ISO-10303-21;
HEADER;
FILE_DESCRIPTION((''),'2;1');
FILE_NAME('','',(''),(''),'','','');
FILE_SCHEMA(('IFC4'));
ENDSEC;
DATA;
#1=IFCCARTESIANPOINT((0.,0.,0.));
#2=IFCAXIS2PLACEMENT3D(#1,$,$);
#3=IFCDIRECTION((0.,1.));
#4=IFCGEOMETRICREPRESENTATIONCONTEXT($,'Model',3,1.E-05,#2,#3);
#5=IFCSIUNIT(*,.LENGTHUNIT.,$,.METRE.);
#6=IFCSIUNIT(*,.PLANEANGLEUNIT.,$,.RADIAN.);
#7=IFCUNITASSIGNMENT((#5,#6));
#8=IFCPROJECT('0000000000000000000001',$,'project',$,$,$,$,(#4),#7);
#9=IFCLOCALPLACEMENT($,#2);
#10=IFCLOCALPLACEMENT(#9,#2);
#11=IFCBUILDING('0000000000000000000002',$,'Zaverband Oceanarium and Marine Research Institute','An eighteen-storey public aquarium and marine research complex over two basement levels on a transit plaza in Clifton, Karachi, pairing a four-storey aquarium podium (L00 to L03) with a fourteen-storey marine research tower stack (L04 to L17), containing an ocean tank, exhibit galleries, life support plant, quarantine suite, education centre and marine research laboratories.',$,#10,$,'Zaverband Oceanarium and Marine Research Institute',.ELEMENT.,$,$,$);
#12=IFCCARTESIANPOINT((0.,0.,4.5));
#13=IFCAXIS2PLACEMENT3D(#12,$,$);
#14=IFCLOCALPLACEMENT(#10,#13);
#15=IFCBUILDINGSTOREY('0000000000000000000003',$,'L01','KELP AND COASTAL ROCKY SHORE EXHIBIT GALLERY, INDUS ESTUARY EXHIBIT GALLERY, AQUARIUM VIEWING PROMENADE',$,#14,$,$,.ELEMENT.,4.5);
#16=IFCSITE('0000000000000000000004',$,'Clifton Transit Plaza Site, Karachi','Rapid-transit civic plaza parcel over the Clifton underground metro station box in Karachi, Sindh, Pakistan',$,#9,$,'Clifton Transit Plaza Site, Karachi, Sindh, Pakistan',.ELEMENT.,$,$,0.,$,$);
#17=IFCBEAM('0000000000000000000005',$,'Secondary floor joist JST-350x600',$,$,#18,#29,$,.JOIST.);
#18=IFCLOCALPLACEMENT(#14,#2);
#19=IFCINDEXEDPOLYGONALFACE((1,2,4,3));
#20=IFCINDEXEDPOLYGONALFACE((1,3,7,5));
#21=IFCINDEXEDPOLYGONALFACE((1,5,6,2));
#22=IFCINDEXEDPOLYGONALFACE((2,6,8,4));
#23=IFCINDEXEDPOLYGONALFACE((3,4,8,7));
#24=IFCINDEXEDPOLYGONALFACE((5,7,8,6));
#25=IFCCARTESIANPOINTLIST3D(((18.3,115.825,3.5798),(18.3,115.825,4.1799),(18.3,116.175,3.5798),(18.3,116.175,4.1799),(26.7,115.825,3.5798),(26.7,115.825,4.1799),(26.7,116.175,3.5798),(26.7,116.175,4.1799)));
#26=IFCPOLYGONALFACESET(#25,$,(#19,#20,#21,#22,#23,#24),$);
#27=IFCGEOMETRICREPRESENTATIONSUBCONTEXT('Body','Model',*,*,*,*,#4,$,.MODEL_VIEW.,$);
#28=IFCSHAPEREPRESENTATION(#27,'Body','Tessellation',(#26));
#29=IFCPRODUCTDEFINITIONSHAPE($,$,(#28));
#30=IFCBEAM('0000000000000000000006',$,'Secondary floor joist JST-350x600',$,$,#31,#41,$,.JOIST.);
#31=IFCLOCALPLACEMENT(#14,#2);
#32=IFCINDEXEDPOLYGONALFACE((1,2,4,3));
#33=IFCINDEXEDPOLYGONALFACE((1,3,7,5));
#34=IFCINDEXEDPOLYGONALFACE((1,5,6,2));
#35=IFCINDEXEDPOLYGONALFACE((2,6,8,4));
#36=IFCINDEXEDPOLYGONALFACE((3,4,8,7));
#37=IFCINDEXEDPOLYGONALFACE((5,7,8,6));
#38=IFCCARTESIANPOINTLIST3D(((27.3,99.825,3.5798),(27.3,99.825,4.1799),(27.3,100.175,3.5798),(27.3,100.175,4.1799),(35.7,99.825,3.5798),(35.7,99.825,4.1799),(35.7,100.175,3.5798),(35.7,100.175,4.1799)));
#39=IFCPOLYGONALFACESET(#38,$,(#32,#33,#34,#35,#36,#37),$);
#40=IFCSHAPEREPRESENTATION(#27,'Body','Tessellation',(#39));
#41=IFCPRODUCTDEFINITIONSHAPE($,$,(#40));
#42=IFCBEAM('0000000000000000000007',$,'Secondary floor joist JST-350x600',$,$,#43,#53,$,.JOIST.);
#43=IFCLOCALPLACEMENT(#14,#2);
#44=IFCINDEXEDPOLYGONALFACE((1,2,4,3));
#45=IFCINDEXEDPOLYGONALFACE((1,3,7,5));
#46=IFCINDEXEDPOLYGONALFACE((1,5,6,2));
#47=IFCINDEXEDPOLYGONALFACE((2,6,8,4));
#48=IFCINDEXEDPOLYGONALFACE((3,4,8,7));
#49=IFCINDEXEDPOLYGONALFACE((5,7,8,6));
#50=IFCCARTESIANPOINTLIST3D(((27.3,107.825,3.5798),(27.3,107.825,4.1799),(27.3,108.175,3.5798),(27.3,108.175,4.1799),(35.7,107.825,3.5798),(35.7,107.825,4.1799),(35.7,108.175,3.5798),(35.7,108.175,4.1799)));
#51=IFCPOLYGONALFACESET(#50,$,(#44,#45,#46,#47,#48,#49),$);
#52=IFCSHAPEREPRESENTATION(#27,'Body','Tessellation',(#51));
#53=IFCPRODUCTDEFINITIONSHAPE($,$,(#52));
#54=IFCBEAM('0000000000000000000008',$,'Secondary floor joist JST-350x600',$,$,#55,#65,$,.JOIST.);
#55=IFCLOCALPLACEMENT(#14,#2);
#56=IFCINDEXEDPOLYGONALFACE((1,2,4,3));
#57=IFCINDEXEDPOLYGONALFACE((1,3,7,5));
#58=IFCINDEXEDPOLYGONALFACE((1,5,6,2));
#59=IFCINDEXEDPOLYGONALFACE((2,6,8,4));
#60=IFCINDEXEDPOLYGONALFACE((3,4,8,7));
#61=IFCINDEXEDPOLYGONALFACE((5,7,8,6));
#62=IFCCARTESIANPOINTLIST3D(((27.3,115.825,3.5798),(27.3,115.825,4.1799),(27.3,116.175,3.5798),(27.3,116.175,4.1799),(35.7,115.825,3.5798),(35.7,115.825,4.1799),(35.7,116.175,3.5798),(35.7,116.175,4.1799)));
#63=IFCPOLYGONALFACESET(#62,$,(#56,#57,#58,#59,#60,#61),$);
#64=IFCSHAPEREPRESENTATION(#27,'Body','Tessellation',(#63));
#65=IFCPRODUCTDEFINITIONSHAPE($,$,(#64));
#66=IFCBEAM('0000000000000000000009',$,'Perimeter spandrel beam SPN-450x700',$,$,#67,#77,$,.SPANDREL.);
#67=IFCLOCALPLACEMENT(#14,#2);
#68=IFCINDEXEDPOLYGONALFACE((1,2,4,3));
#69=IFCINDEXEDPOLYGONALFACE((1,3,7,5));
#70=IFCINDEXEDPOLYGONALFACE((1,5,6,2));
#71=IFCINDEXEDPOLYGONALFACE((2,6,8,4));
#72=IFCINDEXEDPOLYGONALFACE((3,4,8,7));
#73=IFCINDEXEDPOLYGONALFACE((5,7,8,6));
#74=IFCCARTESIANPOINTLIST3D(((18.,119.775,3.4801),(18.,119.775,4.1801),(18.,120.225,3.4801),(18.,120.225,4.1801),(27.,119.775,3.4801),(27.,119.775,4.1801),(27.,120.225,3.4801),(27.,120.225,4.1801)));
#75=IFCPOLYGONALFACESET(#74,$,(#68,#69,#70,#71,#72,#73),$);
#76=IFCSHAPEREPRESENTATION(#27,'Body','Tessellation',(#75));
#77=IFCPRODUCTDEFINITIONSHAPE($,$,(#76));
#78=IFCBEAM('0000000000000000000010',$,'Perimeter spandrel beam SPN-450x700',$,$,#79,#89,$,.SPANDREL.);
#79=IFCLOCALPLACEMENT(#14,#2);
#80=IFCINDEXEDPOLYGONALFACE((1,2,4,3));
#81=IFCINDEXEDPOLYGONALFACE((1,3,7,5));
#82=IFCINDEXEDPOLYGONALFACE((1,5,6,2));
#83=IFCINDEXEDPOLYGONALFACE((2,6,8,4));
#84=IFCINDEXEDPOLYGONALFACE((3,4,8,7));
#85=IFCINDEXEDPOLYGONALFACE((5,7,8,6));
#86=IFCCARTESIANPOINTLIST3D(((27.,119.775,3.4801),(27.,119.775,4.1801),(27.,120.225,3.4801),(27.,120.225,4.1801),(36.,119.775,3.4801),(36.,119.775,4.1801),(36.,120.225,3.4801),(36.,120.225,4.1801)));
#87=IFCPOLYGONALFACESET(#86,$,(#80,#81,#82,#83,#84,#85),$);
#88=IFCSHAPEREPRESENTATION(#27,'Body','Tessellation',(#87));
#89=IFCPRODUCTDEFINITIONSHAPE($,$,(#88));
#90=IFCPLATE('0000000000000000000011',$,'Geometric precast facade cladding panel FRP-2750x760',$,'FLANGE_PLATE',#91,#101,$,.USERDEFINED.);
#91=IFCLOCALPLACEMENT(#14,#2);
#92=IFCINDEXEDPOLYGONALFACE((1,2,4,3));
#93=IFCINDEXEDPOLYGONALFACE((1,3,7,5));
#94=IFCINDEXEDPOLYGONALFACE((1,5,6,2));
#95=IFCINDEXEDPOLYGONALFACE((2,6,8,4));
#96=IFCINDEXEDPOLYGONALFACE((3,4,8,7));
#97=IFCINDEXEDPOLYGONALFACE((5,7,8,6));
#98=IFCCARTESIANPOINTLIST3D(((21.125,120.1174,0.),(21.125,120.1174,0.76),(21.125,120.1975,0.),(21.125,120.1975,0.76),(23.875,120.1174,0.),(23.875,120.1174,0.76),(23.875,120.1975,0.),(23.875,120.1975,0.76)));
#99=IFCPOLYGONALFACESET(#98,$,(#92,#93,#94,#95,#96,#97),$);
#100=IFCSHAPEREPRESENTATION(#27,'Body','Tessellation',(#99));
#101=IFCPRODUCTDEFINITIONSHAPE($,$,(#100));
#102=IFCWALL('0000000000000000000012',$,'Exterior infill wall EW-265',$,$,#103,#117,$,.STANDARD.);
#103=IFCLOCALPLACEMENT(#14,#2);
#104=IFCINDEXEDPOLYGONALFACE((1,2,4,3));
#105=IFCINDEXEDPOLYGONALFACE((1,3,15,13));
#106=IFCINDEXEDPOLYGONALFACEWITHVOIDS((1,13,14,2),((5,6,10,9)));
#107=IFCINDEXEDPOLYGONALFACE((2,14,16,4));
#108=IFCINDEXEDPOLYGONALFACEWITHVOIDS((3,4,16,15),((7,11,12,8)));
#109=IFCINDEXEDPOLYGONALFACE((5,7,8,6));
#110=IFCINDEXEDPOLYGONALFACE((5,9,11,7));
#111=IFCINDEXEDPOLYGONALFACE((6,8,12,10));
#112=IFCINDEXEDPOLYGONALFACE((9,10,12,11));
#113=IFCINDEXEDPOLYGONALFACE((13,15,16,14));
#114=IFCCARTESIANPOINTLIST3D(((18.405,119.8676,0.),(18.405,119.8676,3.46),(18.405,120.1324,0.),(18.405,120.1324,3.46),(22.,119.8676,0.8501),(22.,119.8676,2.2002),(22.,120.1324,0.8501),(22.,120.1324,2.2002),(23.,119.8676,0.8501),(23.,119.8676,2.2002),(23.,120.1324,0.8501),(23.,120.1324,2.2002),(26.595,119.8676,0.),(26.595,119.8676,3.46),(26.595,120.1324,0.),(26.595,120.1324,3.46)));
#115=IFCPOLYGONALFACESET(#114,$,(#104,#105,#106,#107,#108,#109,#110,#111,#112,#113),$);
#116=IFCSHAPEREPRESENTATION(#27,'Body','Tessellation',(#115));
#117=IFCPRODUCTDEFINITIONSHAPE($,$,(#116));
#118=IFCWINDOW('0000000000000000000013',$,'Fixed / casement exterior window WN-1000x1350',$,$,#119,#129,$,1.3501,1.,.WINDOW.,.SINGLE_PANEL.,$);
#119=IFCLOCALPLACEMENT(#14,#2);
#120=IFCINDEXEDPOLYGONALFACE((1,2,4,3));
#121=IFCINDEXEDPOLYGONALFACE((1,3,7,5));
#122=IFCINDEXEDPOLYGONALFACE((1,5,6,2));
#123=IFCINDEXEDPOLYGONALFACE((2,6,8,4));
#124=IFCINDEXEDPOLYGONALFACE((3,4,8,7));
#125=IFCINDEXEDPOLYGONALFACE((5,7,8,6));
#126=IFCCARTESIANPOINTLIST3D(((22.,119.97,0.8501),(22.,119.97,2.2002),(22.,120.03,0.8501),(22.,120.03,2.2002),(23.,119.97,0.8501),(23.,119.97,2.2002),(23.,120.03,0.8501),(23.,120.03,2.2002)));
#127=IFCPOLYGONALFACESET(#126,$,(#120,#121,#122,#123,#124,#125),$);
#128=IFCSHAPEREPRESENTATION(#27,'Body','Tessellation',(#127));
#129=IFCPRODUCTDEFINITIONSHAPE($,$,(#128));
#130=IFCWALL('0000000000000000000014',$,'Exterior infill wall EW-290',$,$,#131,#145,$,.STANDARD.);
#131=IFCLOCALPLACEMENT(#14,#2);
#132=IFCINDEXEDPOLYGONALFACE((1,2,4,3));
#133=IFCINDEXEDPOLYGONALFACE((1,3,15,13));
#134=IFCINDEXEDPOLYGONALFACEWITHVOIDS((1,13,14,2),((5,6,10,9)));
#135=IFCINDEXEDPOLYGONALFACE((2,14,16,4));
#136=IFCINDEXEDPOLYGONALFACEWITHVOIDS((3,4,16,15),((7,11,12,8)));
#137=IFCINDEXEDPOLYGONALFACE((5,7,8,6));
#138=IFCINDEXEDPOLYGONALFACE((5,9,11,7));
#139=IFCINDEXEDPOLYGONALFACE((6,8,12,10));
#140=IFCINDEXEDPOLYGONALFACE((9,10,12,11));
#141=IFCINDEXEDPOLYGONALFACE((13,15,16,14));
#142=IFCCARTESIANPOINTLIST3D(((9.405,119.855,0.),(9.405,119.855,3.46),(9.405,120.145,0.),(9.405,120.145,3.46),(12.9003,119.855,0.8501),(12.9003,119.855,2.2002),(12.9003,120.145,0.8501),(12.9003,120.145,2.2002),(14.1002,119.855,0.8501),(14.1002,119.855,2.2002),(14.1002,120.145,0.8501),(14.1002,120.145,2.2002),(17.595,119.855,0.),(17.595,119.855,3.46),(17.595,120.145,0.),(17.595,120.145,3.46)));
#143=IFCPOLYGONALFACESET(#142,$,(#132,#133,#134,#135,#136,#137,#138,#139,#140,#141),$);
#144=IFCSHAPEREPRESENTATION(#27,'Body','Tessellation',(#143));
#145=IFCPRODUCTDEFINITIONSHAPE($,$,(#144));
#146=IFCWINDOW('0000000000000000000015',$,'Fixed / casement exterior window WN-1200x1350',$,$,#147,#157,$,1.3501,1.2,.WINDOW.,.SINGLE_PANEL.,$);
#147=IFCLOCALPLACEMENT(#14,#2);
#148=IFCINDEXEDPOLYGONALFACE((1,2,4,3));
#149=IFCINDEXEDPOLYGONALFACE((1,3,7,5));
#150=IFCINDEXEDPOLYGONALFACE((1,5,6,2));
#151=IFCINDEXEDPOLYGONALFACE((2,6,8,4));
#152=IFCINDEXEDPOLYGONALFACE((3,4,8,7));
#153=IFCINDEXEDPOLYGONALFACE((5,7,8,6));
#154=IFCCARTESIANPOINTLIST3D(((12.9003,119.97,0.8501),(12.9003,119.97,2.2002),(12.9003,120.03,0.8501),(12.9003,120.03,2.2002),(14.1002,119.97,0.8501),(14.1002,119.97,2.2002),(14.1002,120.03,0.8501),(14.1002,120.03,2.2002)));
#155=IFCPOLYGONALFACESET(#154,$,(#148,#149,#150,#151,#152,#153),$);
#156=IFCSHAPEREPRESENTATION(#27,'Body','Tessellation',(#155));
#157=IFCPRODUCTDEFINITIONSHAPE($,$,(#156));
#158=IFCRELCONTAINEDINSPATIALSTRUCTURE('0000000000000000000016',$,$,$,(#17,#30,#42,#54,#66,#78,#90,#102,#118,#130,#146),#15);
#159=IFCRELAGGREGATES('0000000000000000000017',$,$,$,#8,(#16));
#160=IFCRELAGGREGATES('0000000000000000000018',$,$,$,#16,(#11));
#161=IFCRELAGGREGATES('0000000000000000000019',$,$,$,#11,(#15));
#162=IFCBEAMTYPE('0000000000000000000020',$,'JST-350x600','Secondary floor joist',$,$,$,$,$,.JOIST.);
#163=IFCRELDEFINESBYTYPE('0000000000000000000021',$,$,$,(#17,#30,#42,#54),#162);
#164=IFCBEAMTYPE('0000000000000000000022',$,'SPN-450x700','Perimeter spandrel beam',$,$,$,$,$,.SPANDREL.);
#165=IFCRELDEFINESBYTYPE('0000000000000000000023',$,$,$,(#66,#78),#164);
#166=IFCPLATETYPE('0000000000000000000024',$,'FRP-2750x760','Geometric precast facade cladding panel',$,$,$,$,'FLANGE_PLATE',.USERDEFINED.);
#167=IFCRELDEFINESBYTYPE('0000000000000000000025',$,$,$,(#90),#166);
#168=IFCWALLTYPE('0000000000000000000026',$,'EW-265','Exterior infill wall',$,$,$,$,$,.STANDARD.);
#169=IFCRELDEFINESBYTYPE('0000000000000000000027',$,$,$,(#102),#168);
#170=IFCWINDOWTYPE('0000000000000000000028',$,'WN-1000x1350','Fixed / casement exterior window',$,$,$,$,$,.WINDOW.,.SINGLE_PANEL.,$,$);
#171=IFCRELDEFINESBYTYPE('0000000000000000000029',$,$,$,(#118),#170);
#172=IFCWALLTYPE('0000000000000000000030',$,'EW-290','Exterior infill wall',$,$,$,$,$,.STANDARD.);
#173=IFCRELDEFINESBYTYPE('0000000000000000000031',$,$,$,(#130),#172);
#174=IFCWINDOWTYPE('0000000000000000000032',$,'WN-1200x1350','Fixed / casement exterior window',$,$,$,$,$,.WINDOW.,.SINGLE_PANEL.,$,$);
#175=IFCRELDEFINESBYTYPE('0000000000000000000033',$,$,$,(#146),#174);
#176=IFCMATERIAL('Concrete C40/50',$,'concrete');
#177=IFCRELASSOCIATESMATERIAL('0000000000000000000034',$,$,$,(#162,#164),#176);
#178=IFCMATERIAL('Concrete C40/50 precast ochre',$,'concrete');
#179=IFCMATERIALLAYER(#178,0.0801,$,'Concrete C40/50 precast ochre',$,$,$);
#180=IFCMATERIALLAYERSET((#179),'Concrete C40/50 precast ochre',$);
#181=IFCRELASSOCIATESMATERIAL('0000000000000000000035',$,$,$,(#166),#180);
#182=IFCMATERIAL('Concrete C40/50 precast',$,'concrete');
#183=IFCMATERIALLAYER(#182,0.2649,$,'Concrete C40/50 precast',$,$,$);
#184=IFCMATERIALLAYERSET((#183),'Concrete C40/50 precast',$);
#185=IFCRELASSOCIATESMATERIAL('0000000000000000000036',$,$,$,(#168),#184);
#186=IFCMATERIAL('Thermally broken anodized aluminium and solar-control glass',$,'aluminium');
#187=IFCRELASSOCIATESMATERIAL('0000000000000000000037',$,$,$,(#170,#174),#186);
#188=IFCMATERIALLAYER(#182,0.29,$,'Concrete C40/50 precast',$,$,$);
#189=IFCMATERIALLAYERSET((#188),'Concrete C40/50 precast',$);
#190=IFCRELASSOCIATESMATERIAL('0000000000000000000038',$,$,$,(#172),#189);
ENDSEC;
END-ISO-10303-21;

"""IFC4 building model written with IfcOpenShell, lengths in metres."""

from ifc_helpers import new_model, si_unit, direction, frame, frame_2d, origin, origin_2d, place, context, subcontext, project, spatial, rectangle, extrude, material, layer, layer_set, material_profile, profile_set, type_object, element, fill, save


model = new_model("IFC4")

# Units and contexts
model_context = context("Model", 3, precision=1e-05, world=origin(), true_north=direction((0.0, 1.0)))
body_context = subcontext(model_context, "Body", "Model", "MODEL_VIEW")
ifc_project = project(units=[si_unit("LENGTHUNIT", "METRE"), si_unit("PLANEANGLEUNIT", "RADIAN")], contexts=[model_context])

# Site, building, storey
site_placement = place(None, origin())
site = spatial("IfcSite", under=ifc_project, at=site_placement, Name="Clifton Transit Plaza Site, Karachi", Description="Rapid-transit civic plaza parcel over the Clifton underground metro station box in Karachi, Sindh, Pakistan", LongName="Clifton Transit Plaza Site, Karachi, Sindh, Pakistan", CompositionType="ELEMENT", RefElevation=0.0)
building_placement = place(site_placement, origin())
building = spatial("IfcBuilding", under=site, at=building_placement, Name="Zaverband Oceanarium and Marine Research Institute", Description="An eighteen-storey public aquarium and marine research complex over two basement levels on a transit plaza in Clifton, Karachi, pairing a four-storey aquarium podium (L00 to L03) with a fourteen-storey marine research tower stack (L04 to L17), containing an ocean tank, exhibit galleries, life support plant, quarantine suite, education centre and marine research laboratories.", LongName="Zaverband Oceanarium and Marine Research Institute", CompositionType="ELEMENT")
storey_placement = place(building_placement, frame((0.0, 0.0, 4.5)))
storey = spatial("IfcBuildingStorey", under=building, at=storey_placement, Name="L01", Description="KELP AND COASTAL ROCKY SHORE EXHIBIT GALLERY, INDUS ESTUARY EXHIBIT GALLERY, AQUARIUM VIEWING PROMENADE", CompositionType="ELEMENT", Elevation=4.5)

# Beams
ifc_material_1 = material(Name="Concrete C40/50", Category="concrete")
ifc_material_profile_1 = material_profile(ifc_material_1, rectangle(XDim=0.3501, YDim=0.6001, at=origin_2d()), Name="RC350x600")
ifc_profile_set_1 = profile_set([ifc_material_profile_1], Name="Concrete C40/50")
beam_type_1 = type_object("IfcBeamType", Name="JST-350x600", Description="Secondary floor joist", PredefinedType="JOIST", material=ifc_profile_set_1)
for number, where, z_axis, x_axis, name in (
    (1, (18.3, 116.0, 3.8799), (1.0, 0.0, 0.0), (0.0, 1.0, 0.0), "Secondary floor joist JST-350x600"),
    (2, (27.3, 100.0, 3.8799), (1.0, 0.0, 0.0), (0.0, 1.0, 0.0), "Secondary floor joist JST-350x600"),
    (3, (27.3, 108.0, 3.8799), (1.0, 0.0, 0.0), (0.0, 1.0, 0.0), "Secondary floor joist JST-350x600"),
    (4, (27.3, 116.0, 3.8799), (1.0, 0.0, 0.0), (0.0, 1.0, 0.0), "Secondary floor joist JST-350x600"),
):
    element("IfcBeam", number, at=place(storey_placement, frame(where, z_axis=z_axis, x_axis=x_axis)), inside=storey, type_object=beam_type_1, Name=name, PredefinedType="JOIST", context=body_context, shape_type="SweptSolid", body=[
        extrude(rectangle(XDim=0.3501, YDim=0.6001, at=origin_2d()), origin(), (0.0, 0.0, 1.0), 8.3999),
    ])
ifc_material_profile_2 = material_profile(ifc_material_1, rectangle(XDim=0.45, YDim=0.7, at=origin_2d()), Name="RC450x700")
ifc_profile_set_2 = profile_set([ifc_material_profile_2], Name="Concrete C40/50")
beam_type_2 = type_object("IfcBeamType", Name="SPN-450x700", Description="Perimeter spandrel beam", PredefinedType="SPANDREL", material=ifc_profile_set_2)
for number, where, z_axis, x_axis, name in (
    (5, (18.0, 120.0, 3.8301), (1.0, 0.0, 0.0), (0.0, 1.0, 0.0), "Perimeter spandrel beam SPN-450x700"),
    (6, (27.0, 120.0, 3.8301), (1.0, 0.0, 0.0), (0.0, 1.0, 0.0), "Perimeter spandrel beam SPN-450x700"),
):
    element("IfcBeam", number, at=place(storey_placement, frame(where, z_axis=z_axis, x_axis=x_axis)), inside=storey, type_object=beam_type_2, Name=name, PredefinedType="SPANDREL", context=body_context, shape_type="SweptSolid", body=[
        extrude(rectangle(XDim=0.45, YDim=0.7, at=origin_2d()), origin(), (0.0, 0.0, 1.0), 9.0),
    ])

# Plate
ifc_material_2 = material(Name="Concrete C40/50 precast ochre", Category="concrete")
ifc_layer_1 = layer(ifc_material_2, 0.0801, Name="Concrete C40/50 precast ochre")
ifc_layer_set_1 = layer_set([ifc_layer_1], Name="Concrete C40/50 precast ochre")
plate_type = type_object("IfcPlateType", Name="FRP-2750x760", Description="Geometric precast facade cladding panel", ElementType="FLANGE_PLATE", PredefinedType="USERDEFINED", material=ifc_layer_set_1)
plate_placement = place(storey_placement, frame((21.125, 120.1575, 0.0), z_axis=(0.0, 0.0, 1.0), x_axis=(1.0, 0.0, 0.0)))
element("IfcPlate", 7, at=plate_placement, inside=storey, type_object=plate_type, Name="Geometric precast facade cladding panel FRP-2750x760", ObjectType="FLANGE_PLATE", PredefinedType="USERDEFINED", context=body_context, shape_type="SweptSolid", body=[
    extrude(rectangle(XDim=2.75, YDim=0.0801, at=frame_2d((1.375, 0.0))), origin(), (0.0, 0.0, 1.0), 0.76),
])

# Walls, openings, windows
ifc_material_3 = material(Name="Concrete C40/50 precast", Category="concrete")
ifc_layer_2 = layer(ifc_material_3, 0.2649, Name="Concrete C40/50 precast")
ifc_layer_set_2 = layer_set([ifc_layer_2], Name="Concrete C40/50 precast")
wall_type_1 = type_object("IfcWallType", Name="EW-265", Description="Exterior infill wall", PredefinedType="STANDARD", material=ifc_layer_set_2)
wall_1_placement = place(storey_placement, frame((18.405, 120.0, 0.0), z_axis=(0.0, 0.0, 1.0), x_axis=(1.0, 0.0, 0.0)))
wall_1 = element("IfcWall", 8, at=wall_1_placement, inside=storey, type_object=wall_type_1, Name="Exterior infill wall EW-265", PredefinedType="STANDARD", context=body_context, shape_type="SweptSolid", body=[
    extrude(rectangle(XDim=8.1899, YDim=0.2649, at=frame_2d((4.095, 0.0))), origin(), (0.0, 0.0, 1.0), 3.46),
])
opening_1_placement = place(wall_1_placement, frame((3.595, 0.0, 0.8501)))
opening_1 = element("IfcOpeningElement", 9, at=opening_1_placement, cuts=wall_1, PredefinedType="OPENING", context=body_context, shape_type="SweptSolid", body=[
    extrude(rectangle(XDim=1.0, YDim=1.3501, at=frame_2d((0.5, 0.675))), frame((0.0, 0.1445, 0.0), z_axis=(0.0, -1.0, 0.0), x_axis=(1.0, 0.0, 0.0)), (0.0, 0.0, 1.0), 0.2888),
])
ifc_material_4 = material(Name="Thermally broken anodized aluminium and solar-control glass", Category="aluminium")
window_type_1 = type_object("IfcWindowType", Name="WN-1000x1350", Description="Fixed / casement exterior window", PartitioningType="SINGLE_PANEL", PredefinedType="WINDOW", material=ifc_material_4)
window_1_placement = place(opening_1_placement, origin())
window_1 = element("IfcWindow", 10, at=window_1_placement, inside=storey, type_object=window_type_1, Name="Fixed / casement exterior window WN-1000x1350", OverallHeight=1.3501, OverallWidth=1.0, PartitioningType="SINGLE_PANEL", PredefinedType="WINDOW", context=body_context, shape_type="SweptSolid", body=[
    extrude(rectangle(XDim=1.0, YDim=1.3501, at=frame_2d((0.5, 0.675))), frame((0.0, 0.03, 0.0), z_axis=(0.0, -1.0, 0.0), x_axis=(1.0, 0.0, 0.0)), (0.0, 0.0, 1.0), 0.0601),
])
fill(opening_1, window_1)
ifc_layer_3 = layer(ifc_material_3, 0.29, Name="Concrete C40/50 precast")
ifc_layer_set_3 = layer_set([ifc_layer_3], Name="Concrete C40/50 precast")
wall_type_2 = type_object("IfcWallType", Name="EW-290", Description="Exterior infill wall", PredefinedType="STANDARD", material=ifc_layer_set_3)
wall_2_placement = place(storey_placement, frame((9.405, 120.0, 0.0), z_axis=(0.0, 0.0, 1.0), x_axis=(1.0, 0.0, 0.0)))
wall_2 = element("IfcWall", 11, at=wall_2_placement, inside=storey, type_object=wall_type_2, Name="Exterior infill wall EW-290", PredefinedType="STANDARD", context=body_context, shape_type="SweptSolid", body=[
    extrude(rectangle(XDim=8.1899, YDim=0.29, at=frame_2d((4.095, 0.0))), origin(), (0.0, 0.0, 1.0), 3.46),
])
opening_2_placement = place(wall_2_placement, frame((3.4951, 0.0, 0.8501)))
opening_2 = element("IfcOpeningElement", 12, at=opening_2_placement, cuts=wall_2, PredefinedType="OPENING", context=body_context, shape_type="SweptSolid", body=[
    extrude(rectangle(XDim=1.2, YDim=1.3501, at=frame_2d((0.6001, 0.675))), frame((0.0, 0.157, 0.0), z_axis=(0.0, -1.0, 0.0), x_axis=(1.0, 0.0, 0.0)), (0.0, 0.0, 1.0), 0.314),
])
window_type_2 = type_object("IfcWindowType", Name="WN-1200x1350", Description="Fixed / casement exterior window", PartitioningType="SINGLE_PANEL", PredefinedType="WINDOW", material=ifc_material_4)
window_2_placement = place(opening_2_placement, origin())
window_2 = element("IfcWindow", 13, at=window_2_placement, inside=storey, type_object=window_type_2, Name="Fixed / casement exterior window WN-1200x1350", OverallHeight=1.3501, OverallWidth=1.2, PartitioningType="SINGLE_PANEL", PredefinedType="WINDOW", context=body_context, shape_type="SweptSolid", body=[
    extrude(rectangle(XDim=1.2, YDim=1.3501, at=frame_2d((0.6001, 0.675))), frame((0.0, 0.03, 0.0), z_axis=(0.0, -1.0, 0.0), x_axis=(1.0, 0.0, 0.0)), (0.0, 0.0, 1.0), 0.0601),
])
fill(opening_2, window_2)

save(model, "model.ifc")
